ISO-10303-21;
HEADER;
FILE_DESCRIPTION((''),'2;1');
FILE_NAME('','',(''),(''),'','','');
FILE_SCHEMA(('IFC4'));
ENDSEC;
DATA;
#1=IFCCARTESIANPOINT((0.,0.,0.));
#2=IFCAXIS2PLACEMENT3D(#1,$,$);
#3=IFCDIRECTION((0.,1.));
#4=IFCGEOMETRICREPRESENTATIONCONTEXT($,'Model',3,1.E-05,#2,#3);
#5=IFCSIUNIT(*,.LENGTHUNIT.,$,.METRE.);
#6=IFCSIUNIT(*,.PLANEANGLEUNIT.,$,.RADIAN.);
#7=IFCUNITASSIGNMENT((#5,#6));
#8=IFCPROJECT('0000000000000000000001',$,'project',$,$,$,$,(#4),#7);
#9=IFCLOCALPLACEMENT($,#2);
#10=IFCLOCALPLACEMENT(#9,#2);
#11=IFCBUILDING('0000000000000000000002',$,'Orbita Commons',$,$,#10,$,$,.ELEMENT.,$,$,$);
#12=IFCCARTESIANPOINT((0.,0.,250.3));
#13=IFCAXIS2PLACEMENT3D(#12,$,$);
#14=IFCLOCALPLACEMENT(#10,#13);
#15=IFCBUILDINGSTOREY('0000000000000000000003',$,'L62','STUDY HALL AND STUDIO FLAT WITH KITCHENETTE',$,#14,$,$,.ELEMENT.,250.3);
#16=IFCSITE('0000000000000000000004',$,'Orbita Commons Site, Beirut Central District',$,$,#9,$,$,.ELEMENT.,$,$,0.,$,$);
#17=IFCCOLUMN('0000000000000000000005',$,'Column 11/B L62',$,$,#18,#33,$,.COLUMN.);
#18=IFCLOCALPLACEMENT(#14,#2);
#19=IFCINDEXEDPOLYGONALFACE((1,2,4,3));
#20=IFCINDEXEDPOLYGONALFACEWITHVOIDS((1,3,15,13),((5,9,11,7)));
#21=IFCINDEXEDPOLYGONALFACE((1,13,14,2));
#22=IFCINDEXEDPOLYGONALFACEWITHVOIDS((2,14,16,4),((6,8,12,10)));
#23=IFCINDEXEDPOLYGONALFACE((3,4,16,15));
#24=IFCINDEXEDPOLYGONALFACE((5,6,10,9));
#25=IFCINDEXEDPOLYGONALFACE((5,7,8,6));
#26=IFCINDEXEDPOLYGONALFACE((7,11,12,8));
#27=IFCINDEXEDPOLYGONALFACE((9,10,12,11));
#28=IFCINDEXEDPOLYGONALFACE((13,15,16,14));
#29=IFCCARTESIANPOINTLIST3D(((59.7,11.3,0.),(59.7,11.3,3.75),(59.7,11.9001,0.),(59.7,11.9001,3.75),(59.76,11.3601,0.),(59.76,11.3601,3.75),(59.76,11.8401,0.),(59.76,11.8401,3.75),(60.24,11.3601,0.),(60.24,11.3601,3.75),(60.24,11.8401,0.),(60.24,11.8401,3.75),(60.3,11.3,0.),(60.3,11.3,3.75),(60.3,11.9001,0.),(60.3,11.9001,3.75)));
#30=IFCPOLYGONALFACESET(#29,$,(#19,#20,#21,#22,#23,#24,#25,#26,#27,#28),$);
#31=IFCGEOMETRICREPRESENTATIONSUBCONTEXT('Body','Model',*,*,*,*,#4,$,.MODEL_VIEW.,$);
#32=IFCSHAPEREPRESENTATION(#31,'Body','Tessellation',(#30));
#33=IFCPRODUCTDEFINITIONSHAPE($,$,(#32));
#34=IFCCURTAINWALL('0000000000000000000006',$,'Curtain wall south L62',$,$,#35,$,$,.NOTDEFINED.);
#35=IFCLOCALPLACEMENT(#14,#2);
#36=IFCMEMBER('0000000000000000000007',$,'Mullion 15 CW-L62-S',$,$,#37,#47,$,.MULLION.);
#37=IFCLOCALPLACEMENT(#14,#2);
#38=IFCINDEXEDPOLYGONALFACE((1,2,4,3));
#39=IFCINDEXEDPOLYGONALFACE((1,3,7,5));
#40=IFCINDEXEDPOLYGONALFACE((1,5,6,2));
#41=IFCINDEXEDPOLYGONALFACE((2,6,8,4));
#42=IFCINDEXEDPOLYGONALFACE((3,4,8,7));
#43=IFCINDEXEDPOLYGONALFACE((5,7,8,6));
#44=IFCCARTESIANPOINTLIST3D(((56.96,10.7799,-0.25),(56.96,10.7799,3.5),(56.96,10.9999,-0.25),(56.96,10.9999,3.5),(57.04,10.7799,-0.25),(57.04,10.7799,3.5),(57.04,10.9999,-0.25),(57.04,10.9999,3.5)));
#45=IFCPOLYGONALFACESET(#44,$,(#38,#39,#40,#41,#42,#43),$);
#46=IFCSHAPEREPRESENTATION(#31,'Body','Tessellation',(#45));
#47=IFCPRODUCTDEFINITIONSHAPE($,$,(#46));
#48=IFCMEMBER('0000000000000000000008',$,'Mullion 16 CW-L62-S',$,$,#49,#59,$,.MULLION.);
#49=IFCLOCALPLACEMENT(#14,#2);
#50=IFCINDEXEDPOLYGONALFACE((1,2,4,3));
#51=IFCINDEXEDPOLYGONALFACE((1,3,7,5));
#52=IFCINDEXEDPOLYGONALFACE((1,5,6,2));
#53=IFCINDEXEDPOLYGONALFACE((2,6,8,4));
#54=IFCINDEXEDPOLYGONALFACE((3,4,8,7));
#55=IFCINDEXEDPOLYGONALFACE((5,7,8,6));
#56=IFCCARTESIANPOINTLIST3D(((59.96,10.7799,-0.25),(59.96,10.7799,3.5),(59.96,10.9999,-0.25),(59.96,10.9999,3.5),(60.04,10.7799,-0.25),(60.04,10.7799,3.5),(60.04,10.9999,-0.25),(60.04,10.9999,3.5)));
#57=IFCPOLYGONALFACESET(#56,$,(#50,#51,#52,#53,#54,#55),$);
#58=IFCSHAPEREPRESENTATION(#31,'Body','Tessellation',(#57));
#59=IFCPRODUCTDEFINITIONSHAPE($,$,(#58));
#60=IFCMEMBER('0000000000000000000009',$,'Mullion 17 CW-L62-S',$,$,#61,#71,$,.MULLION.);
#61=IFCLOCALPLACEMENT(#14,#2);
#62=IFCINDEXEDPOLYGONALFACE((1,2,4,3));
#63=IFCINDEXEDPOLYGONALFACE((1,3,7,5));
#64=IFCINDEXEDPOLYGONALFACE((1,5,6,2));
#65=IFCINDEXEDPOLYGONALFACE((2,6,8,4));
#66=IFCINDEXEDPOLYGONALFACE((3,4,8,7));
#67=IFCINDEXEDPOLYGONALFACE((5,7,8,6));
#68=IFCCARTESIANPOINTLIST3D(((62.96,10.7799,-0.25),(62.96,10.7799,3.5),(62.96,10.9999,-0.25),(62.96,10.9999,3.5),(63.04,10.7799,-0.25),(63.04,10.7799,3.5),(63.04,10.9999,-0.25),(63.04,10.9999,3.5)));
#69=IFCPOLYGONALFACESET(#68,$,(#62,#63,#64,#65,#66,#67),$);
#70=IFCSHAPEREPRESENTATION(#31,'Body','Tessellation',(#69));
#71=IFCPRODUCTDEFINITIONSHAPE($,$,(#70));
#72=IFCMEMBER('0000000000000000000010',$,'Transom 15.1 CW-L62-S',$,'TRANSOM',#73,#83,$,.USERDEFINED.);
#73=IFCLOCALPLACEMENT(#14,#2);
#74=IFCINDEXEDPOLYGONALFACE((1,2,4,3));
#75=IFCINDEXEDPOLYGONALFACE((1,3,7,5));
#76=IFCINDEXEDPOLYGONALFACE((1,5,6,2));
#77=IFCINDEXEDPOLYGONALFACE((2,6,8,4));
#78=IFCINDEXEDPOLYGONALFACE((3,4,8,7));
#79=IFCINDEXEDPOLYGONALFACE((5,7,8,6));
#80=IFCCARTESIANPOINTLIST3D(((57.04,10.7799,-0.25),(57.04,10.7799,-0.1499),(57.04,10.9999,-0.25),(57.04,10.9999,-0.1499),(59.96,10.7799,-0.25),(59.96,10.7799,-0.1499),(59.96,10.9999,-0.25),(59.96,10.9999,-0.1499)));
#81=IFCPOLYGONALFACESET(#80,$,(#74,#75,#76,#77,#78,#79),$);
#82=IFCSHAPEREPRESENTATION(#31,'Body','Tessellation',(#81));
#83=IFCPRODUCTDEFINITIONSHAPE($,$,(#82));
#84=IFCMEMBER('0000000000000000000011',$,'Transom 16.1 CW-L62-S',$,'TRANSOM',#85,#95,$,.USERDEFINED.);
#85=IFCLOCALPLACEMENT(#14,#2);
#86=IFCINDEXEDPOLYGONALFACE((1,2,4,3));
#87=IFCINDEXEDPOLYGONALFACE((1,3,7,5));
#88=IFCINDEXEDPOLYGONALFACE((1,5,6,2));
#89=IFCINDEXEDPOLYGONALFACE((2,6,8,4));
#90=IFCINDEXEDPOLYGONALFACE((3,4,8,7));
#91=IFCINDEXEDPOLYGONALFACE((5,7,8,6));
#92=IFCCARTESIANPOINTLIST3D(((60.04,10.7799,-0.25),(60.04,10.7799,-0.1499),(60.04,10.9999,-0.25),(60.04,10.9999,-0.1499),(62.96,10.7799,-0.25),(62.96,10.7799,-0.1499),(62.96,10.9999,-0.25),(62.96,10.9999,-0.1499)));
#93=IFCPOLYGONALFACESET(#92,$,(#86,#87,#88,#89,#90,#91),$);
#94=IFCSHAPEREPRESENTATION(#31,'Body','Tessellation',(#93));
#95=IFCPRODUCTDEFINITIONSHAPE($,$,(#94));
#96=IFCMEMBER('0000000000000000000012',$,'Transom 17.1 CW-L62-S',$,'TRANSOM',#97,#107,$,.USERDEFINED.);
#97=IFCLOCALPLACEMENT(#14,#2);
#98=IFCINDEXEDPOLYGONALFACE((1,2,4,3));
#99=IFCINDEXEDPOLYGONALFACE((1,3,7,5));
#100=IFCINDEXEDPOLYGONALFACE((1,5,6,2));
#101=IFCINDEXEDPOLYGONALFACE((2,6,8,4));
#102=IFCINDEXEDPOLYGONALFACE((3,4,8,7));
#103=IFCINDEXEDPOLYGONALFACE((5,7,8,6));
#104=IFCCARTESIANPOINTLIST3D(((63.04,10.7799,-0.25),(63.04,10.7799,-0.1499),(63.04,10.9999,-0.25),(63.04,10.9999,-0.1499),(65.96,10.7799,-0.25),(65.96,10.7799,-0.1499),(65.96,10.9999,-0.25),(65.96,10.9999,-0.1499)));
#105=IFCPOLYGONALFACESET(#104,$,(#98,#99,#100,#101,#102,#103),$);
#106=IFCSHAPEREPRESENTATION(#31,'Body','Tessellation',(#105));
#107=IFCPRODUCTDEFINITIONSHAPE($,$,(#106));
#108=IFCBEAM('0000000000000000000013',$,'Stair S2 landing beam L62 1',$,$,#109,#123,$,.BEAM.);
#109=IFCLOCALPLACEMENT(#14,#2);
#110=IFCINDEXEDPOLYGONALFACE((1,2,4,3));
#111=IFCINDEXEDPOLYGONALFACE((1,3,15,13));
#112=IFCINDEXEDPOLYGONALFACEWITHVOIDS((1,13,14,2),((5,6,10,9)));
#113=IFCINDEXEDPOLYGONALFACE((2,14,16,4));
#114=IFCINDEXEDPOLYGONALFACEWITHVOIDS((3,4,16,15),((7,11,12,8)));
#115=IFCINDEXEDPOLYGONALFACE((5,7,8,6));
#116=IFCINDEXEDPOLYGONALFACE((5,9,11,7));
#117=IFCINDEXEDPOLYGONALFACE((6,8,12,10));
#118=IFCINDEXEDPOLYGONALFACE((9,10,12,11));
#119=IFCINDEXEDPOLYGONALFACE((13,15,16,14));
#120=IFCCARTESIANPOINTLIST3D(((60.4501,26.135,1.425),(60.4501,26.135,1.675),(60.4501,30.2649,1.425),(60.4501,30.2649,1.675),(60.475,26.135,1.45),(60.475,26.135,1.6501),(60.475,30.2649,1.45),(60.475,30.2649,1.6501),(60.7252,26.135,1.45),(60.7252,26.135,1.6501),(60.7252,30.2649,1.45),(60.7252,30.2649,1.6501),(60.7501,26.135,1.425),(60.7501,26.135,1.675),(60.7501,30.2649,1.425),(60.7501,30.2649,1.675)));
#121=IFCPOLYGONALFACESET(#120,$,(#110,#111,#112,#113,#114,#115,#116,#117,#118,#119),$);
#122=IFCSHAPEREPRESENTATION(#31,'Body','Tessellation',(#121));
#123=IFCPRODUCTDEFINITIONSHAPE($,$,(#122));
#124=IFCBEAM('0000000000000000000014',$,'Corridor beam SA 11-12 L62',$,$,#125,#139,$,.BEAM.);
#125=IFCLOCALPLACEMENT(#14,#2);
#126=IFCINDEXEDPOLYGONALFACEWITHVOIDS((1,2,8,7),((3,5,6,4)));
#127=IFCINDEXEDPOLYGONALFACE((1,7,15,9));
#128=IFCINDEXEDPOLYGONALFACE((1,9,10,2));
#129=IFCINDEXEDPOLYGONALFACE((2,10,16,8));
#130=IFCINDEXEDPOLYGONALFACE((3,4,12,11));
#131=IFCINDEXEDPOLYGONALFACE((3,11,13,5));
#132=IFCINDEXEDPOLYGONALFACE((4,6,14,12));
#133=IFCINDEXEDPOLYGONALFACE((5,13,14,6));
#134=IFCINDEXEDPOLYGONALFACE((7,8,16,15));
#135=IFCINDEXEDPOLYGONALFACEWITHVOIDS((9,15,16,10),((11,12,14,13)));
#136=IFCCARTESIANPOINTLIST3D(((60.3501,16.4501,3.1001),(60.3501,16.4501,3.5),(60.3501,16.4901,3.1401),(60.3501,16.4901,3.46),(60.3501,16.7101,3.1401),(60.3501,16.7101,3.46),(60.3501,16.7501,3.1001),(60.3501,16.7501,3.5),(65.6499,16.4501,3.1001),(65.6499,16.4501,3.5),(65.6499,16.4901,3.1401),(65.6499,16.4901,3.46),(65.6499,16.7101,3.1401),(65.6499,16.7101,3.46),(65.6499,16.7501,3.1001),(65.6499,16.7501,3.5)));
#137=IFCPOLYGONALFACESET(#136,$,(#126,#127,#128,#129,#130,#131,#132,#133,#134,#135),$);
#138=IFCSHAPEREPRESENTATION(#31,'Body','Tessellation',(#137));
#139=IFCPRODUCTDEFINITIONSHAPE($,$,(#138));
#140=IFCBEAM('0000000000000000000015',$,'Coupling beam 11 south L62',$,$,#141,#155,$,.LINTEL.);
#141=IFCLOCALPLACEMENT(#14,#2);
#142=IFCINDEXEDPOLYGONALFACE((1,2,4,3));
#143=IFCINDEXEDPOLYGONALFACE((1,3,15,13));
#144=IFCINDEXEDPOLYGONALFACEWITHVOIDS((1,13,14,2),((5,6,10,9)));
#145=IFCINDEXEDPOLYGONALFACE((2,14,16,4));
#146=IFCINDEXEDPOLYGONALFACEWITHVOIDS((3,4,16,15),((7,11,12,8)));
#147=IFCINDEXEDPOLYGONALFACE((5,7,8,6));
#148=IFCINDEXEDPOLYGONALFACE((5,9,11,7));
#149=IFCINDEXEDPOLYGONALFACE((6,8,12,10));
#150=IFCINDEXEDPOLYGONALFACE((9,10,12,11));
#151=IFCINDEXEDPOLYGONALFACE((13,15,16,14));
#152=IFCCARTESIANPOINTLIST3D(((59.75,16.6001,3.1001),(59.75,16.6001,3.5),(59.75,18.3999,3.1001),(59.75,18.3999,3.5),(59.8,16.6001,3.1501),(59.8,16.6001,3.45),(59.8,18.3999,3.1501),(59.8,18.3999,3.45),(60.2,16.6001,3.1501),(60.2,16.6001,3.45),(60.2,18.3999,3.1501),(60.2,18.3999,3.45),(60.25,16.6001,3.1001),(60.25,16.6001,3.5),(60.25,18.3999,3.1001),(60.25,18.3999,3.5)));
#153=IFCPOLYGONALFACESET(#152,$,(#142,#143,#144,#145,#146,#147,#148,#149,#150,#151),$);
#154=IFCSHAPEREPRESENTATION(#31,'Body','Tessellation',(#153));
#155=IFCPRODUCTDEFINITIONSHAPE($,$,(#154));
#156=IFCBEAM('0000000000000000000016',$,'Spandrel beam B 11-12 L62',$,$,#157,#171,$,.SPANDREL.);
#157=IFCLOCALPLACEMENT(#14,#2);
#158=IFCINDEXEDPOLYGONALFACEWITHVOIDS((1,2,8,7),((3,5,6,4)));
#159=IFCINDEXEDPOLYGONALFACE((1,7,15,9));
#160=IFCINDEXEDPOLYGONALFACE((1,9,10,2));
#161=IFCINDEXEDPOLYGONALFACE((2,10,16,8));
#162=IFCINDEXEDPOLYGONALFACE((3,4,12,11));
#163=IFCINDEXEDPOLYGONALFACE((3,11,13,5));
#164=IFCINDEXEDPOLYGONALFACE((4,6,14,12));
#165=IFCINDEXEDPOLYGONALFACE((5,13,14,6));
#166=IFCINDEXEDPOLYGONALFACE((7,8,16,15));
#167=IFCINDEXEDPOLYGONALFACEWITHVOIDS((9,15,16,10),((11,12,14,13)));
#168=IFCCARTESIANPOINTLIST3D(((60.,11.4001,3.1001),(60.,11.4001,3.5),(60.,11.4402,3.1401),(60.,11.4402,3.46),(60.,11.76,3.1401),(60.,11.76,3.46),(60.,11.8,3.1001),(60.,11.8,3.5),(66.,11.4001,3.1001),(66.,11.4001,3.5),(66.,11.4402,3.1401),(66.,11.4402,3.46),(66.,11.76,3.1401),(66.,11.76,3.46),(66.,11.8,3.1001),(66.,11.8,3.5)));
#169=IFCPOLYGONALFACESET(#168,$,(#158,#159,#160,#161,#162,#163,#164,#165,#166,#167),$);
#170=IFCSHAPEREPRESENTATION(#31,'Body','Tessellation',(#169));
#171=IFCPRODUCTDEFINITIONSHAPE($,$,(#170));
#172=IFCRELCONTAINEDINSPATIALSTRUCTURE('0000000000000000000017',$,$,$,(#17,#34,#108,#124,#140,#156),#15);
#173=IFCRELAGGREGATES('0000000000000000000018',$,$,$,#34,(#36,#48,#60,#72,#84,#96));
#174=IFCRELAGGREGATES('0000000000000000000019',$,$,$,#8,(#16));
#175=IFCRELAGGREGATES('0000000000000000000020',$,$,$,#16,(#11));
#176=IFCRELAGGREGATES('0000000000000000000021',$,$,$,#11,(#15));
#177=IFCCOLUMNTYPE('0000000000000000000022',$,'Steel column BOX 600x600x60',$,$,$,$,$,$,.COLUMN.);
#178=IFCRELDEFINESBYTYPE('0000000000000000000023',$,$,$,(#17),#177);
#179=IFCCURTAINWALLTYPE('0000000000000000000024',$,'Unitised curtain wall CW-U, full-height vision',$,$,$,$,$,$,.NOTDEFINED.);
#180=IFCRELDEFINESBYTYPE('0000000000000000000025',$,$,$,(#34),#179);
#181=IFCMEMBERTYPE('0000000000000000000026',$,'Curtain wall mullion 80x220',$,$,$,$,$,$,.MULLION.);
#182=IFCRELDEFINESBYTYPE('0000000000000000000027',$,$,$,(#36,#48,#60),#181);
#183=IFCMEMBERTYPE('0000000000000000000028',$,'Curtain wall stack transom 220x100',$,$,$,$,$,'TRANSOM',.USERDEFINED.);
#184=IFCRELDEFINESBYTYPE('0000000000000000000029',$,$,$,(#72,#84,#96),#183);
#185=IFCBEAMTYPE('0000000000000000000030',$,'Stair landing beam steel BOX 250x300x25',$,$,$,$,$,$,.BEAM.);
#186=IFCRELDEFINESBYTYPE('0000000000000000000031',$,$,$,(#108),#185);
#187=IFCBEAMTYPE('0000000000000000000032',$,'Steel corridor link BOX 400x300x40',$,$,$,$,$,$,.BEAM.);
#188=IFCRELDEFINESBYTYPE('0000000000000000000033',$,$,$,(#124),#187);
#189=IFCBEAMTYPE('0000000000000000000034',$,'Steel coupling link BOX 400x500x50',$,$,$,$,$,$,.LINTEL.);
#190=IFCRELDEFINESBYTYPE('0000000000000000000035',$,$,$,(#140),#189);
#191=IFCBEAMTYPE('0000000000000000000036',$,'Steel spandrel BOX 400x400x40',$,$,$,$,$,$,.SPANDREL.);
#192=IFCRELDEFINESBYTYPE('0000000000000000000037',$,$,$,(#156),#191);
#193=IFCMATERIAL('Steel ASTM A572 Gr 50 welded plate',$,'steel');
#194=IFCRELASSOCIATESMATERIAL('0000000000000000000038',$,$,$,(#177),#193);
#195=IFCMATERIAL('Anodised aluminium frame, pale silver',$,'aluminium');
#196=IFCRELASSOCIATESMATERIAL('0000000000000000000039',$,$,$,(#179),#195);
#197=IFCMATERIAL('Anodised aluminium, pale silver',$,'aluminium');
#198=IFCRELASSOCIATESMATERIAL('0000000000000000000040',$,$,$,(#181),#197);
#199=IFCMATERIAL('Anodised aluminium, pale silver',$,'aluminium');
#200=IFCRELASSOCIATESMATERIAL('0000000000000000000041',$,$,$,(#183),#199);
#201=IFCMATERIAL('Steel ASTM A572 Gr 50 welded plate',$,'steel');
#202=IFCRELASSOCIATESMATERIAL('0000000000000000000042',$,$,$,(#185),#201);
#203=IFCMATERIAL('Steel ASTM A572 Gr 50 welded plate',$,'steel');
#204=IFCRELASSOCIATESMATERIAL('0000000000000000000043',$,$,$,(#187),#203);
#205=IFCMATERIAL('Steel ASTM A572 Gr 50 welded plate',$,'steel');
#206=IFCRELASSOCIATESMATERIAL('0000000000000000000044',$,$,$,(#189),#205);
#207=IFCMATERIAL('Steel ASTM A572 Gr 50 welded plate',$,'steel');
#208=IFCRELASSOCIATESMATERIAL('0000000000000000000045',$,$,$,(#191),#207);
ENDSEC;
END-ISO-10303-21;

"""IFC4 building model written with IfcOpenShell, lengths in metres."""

from ifc_helpers import new_model, si_unit, direction, frame, origin, origin_2d, place, context, subcontext, project, spatial, rectangle, hollow_rectangle, extrude, material, material_profile, profile_set, type_object, element, aggregate, save


model = new_model("IFC4")

# Units and contexts
model_context = context("Model", 3, precision=1e-05, world=origin(), true_north=direction((0.0, 1.0)))
body_context = subcontext(model_context, "Body", "Model", "MODEL_VIEW")
ifc_project = project(units=[si_unit("LENGTHUNIT", "METRE"), si_unit("PLANEANGLEUNIT", "RADIAN")], contexts=[model_context])

# Site, building, storey
site_placement = place(None, origin())
site = spatial("IfcSite", under=ifc_project, at=site_placement, Name="Orbita Commons Site, Beirut Central District", CompositionType="ELEMENT", RefElevation=0.0)
building_placement = place(site_placement, origin())
building = spatial("IfcBuilding", under=site, at=building_placement, Name="Orbita Commons", CompositionType="ELEMENT")
storey_placement = place(building_placement, frame((0.0, 0.0, 250.3)))
storey = spatial("IfcBuildingStorey", under=building, at=storey_placement, Name="L62", Description="STUDY HALL AND STUDIO FLAT WITH KITCHENETTE", CompositionType="ELEMENT", Elevation=250.3)

# Column
ifc_material_1 = material(Name="Steel ASTM A572 Gr 50 welded plate", Category="steel")
ifc_material_profile_1 = material_profile(ifc_material_1, hollow_rectangle(XDim=0.6001, YDim=0.6001, WallThickness=0.0601, at=origin_2d()), Name="BOX 600x600x60")
ifc_profile_set_1 = profile_set([ifc_material_profile_1], Name="Steel ASTM A572 Gr 50 welded plate")
column_type = type_object("IfcColumnType", Name="Steel column BOX 600x600x60", PredefinedType="COLUMN", material=ifc_profile_set_1)
column_placement = place(storey_placement, frame((60.0, 11.6001, 0.0), z_axis=(0.0, 0.0, 1.0), x_axis=(1.0, 0.0, 0.0)))
element("IfcColumn", 1, at=column_placement, inside=storey, type_object=column_type, Name="Column 11/B L62", PredefinedType="COLUMN", context=body_context, shape_type="SweptSolid", body=[
    extrude(hollow_rectangle(XDim=0.6001, YDim=0.6001, WallThickness=0.0601, at=origin_2d()), origin(), (0.0, 0.0, 1.0), 3.75),
])

# Curtain wall, members
ifc_material_2 = material(Name="Anodised aluminium frame, pale silver", Category="aluminium")
curtain_wall_type = type_object("IfcCurtainWallType", Name="Unitised curtain wall CW-U, full-height vision", PredefinedType="NOTDEFINED", material=ifc_material_2)
curtain_wall_placement = place(storey_placement, origin())
curtain_wall = element("IfcCurtainWall", 2, at=curtain_wall_placement, inside=storey, type_object=curtain_wall_type, Name="Curtain wall south L62", PredefinedType="NOTDEFINED")
ifc_material_3 = material(Name="Anodised aluminium, pale silver", Category="aluminium")
ifc_material_profile_2 = material_profile(ifc_material_3, rectangle(XDim=0.0801, YDim=0.22, at=origin_2d()), Name="AL 80x220")
ifc_profile_set_2 = profile_set([ifc_material_profile_2], Name="Anodised aluminium, pale silver")
member_type_1 = type_object("IfcMemberType", Name="Curtain wall mullion 80x220", PredefinedType="MULLION", material=ifc_profile_set_2)
member_1_placement = place(storey_placement, frame((57.0, 10.8899, -0.25), z_axis=(0.0, 0.0, 1.0), x_axis=(1.0, 0.0, 0.0)))
member_1 = element("IfcMember", 3, at=member_1_placement, type_object=member_type_1, Name="Mullion 15 CW-L62-S", PredefinedType="MULLION", context=body_context, shape_type="SweptSolid", body=[
    extrude(rectangle(XDim=0.0801, YDim=0.22, at=origin_2d()), origin(), (0.0, 0.0, 1.0), 3.75),
])
member_2_placement = place(storey_placement, frame((60.0, 10.8899, -0.25), z_axis=(0.0, 0.0, 1.0), x_axis=(1.0, 0.0, 0.0)))
member_2 = element("IfcMember", 4, at=member_2_placement, type_object=member_type_1, Name="Mullion 16 CW-L62-S", PredefinedType="MULLION", context=body_context, shape_type="SweptSolid", body=[
    extrude(rectangle(XDim=0.0801, YDim=0.22, at=origin_2d()), origin(), (0.0, 0.0, 1.0), 3.75),
])
member_3_placement = place(storey_placement, frame((63.0, 10.8899, -0.25), z_axis=(0.0, 0.0, 1.0), x_axis=(1.0, 0.0, 0.0)))
member_3 = element("IfcMember", 5, at=member_3_placement, type_object=member_type_1, Name="Mullion 17 CW-L62-S", PredefinedType="MULLION", context=body_context, shape_type="SweptSolid", body=[
    extrude(rectangle(XDim=0.0801, YDim=0.22, at=origin_2d()), origin(), (0.0, 0.0, 1.0), 3.75),
])
ifc_material_4 = material(Name="Anodised aluminium, pale silver", Category="aluminium")
ifc_material_profile_3 = material_profile(ifc_material_4, rectangle(XDim=0.22, YDim=0.1001, at=origin_2d()), Name="AL 220x100")
ifc_profile_set_3 = profile_set([ifc_material_profile_3], Name="Anodised aluminium, pale silver")
member_type_2 = type_object("IfcMemberType", Name="Curtain wall stack transom 220x100", ElementType="TRANSOM", PredefinedType="USERDEFINED", material=ifc_profile_set_3)
member_4_placement = place(storey_placement, frame((57.04, 10.8899, -0.2), z_axis=(1.0, 0.0, 0.0), x_axis=(0.0, 1.0, 0.0)))
member_4 = element("IfcMember", 6, at=member_4_placement, type_object=member_type_2, Name="Transom 15.1 CW-L62-S", ObjectType="TRANSOM", PredefinedType="USERDEFINED", context=body_context, shape_type="SweptSolid", body=[
    extrude(rectangle(XDim=0.22, YDim=0.1001, at=origin_2d()), origin(), (0.0, 0.0, 1.0), 2.9199),
])
member_5_placement = place(storey_placement, frame((60.04, 10.8899, -0.2), z_axis=(1.0, 0.0, 0.0), x_axis=(0.0, 1.0, 0.0)))
member_5 = element("IfcMember", 7, at=member_5_placement, type_object=member_type_2, Name="Transom 16.1 CW-L62-S", ObjectType="TRANSOM", PredefinedType="USERDEFINED", context=body_context, shape_type="SweptSolid", body=[
    extrude(rectangle(XDim=0.22, YDim=0.1001, at=origin_2d()), origin(), (0.0, 0.0, 1.0), 2.9199),
])
member_6_placement = place(storey_placement, frame((63.04, 10.8899, -0.2), z_axis=(1.0, 0.0, 0.0), x_axis=(0.0, 1.0, 0.0)))
member_6 = element("IfcMember", 8, at=member_6_placement, type_object=member_type_2, Name="Transom 17.1 CW-L62-S", ObjectType="TRANSOM", PredefinedType="USERDEFINED", context=body_context, shape_type="SweptSolid", body=[
    extrude(rectangle(XDim=0.22, YDim=0.1001, at=origin_2d()), origin(), (0.0, 0.0, 1.0), 2.9199),
])

# Beams
ifc_material_5 = material(Name="Steel ASTM A572 Gr 50 welded plate", Category="steel")
ifc_material_profile_4 = material_profile(ifc_material_5, hollow_rectangle(XDim=0.3, YDim=0.25, WallThickness=0.0249, at=origin_2d()), Name="BOX 250x300x25")
ifc_profile_set_4 = profile_set([ifc_material_profile_4], Name="Steel ASTM A572 Gr 50 welded plate")
beam_type_1 = type_object("IfcBeamType", Name="Stair landing beam steel BOX 250x300x25", PredefinedType="BEAM", material=ifc_profile_set_4)
beam_1_placement = place(storey_placement, frame((60.6001, 26.135, 1.55), z_axis=(0.0, 1.0, 0.0), x_axis=(-1.0, 0.0, 0.0)))
element("IfcBeam", 9, at=beam_1_placement, inside=storey, type_object=beam_type_1, Name="Stair S2 landing beam L62 1", PredefinedType="BEAM", context=body_context, shape_type="SweptSolid", body=[
    extrude(hollow_rectangle(XDim=0.3, YDim=0.25, WallThickness=0.0249, at=origin_2d()), origin(), (0.0, 0.0, 1.0), 4.1299),
])
ifc_material_6 = material(Name="Steel ASTM A572 Gr 50 welded plate", Category="steel")
ifc_material_profile_5 = material_profile(ifc_material_6, hollow_rectangle(XDim=0.3, YDim=0.3999, WallThickness=0.04, at=origin_2d()), Name="BOX 400x300x40")
ifc_profile_set_5 = profile_set([ifc_material_profile_5], Name="Steel ASTM A572 Gr 50 welded plate")
beam_type_2 = type_object("IfcBeamType", Name="Steel corridor link BOX 400x300x40", PredefinedType="BEAM", material=ifc_profile_set_5)
beam_2_placement = place(storey_placement, frame((60.3501, 16.6001, 3.3), z_axis=(1.0, 0.0, 0.0), x_axis=(0.0, 1.0, 0.0)))
element("IfcBeam", 10, at=beam_2_placement, inside=storey, type_object=beam_type_2, Name="Corridor beam SA 11-12 L62", PredefinedType="BEAM", context=body_context, shape_type="SweptSolid", body=[
    extrude(hollow_rectangle(XDim=0.3, YDim=0.3999, WallThickness=0.04, at=origin_2d()), origin(), (0.0, 0.0, 1.0), 5.2998),
])
ifc_material_7 = material(Name="Steel ASTM A572 Gr 50 welded plate", Category="steel")
ifc_material_profile_6 = material_profile(ifc_material_7, hollow_rectangle(XDim=0.5, YDim=0.3999, WallThickness=0.05, at=origin_2d()), Name="BOX 400x500x50")
ifc_profile_set_6 = profile_set([ifc_material_profile_6], Name="Steel ASTM A572 Gr 50 welded plate")
beam_type_3 = type_object("IfcBeamType", Name="Steel coupling link BOX 400x500x50", PredefinedType="LINTEL", material=ifc_profile_set_6)
beam_3_placement = place(storey_placement, frame((60.0, 16.6001, 3.3), z_axis=(0.0, 1.0, 0.0), x_axis=(-1.0, 0.0, 0.0)))
element("IfcBeam", 11, at=beam_3_placement, inside=storey, type_object=beam_type_3, Name="Coupling beam 11 south L62", PredefinedType="LINTEL", context=body_context, shape_type="SweptSolid", body=[
    extrude(hollow_rectangle(XDim=0.5, YDim=0.3999, WallThickness=0.05, at=origin_2d()), origin(), (0.0, 0.0, 1.0), 1.7998),
])
ifc_material_8 = material(Name="Steel ASTM A572 Gr 50 welded plate", Category="steel")
ifc_material_profile_7 = material_profile(ifc_material_8, hollow_rectangle(XDim=0.3999, YDim=0.3999, WallThickness=0.04, at=origin_2d()), Name="BOX 400x400x40")
ifc_profile_set_7 = profile_set([ifc_material_profile_7], Name="Steel ASTM A572 Gr 50 welded plate")
beam_type_4 = type_object("IfcBeamType", Name="Steel spandrel BOX 400x400x40", PredefinedType="SPANDREL", material=ifc_profile_set_7)
beam_4_placement = place(storey_placement, frame((60.0, 11.6001, 3.3), z_axis=(1.0, 0.0, 0.0), x_axis=(0.0, 1.0, 0.0)))
element("IfcBeam", 12, at=beam_4_placement, inside=storey, type_object=beam_type_4, Name="Spandrel beam B 11-12 L62", PredefinedType="SPANDREL", context=body_context, shape_type="SweptSolid", body=[
    extrude(hollow_rectangle(XDim=0.3999, YDim=0.3999, WallThickness=0.04, at=origin_2d()), origin(), (0.0, 0.0, 1.0), 6.0),
])

aggregate(curtain_wall, [member_1, member_2, member_3, member_4, member_5, member_6])

save(model, "model.ifc")
